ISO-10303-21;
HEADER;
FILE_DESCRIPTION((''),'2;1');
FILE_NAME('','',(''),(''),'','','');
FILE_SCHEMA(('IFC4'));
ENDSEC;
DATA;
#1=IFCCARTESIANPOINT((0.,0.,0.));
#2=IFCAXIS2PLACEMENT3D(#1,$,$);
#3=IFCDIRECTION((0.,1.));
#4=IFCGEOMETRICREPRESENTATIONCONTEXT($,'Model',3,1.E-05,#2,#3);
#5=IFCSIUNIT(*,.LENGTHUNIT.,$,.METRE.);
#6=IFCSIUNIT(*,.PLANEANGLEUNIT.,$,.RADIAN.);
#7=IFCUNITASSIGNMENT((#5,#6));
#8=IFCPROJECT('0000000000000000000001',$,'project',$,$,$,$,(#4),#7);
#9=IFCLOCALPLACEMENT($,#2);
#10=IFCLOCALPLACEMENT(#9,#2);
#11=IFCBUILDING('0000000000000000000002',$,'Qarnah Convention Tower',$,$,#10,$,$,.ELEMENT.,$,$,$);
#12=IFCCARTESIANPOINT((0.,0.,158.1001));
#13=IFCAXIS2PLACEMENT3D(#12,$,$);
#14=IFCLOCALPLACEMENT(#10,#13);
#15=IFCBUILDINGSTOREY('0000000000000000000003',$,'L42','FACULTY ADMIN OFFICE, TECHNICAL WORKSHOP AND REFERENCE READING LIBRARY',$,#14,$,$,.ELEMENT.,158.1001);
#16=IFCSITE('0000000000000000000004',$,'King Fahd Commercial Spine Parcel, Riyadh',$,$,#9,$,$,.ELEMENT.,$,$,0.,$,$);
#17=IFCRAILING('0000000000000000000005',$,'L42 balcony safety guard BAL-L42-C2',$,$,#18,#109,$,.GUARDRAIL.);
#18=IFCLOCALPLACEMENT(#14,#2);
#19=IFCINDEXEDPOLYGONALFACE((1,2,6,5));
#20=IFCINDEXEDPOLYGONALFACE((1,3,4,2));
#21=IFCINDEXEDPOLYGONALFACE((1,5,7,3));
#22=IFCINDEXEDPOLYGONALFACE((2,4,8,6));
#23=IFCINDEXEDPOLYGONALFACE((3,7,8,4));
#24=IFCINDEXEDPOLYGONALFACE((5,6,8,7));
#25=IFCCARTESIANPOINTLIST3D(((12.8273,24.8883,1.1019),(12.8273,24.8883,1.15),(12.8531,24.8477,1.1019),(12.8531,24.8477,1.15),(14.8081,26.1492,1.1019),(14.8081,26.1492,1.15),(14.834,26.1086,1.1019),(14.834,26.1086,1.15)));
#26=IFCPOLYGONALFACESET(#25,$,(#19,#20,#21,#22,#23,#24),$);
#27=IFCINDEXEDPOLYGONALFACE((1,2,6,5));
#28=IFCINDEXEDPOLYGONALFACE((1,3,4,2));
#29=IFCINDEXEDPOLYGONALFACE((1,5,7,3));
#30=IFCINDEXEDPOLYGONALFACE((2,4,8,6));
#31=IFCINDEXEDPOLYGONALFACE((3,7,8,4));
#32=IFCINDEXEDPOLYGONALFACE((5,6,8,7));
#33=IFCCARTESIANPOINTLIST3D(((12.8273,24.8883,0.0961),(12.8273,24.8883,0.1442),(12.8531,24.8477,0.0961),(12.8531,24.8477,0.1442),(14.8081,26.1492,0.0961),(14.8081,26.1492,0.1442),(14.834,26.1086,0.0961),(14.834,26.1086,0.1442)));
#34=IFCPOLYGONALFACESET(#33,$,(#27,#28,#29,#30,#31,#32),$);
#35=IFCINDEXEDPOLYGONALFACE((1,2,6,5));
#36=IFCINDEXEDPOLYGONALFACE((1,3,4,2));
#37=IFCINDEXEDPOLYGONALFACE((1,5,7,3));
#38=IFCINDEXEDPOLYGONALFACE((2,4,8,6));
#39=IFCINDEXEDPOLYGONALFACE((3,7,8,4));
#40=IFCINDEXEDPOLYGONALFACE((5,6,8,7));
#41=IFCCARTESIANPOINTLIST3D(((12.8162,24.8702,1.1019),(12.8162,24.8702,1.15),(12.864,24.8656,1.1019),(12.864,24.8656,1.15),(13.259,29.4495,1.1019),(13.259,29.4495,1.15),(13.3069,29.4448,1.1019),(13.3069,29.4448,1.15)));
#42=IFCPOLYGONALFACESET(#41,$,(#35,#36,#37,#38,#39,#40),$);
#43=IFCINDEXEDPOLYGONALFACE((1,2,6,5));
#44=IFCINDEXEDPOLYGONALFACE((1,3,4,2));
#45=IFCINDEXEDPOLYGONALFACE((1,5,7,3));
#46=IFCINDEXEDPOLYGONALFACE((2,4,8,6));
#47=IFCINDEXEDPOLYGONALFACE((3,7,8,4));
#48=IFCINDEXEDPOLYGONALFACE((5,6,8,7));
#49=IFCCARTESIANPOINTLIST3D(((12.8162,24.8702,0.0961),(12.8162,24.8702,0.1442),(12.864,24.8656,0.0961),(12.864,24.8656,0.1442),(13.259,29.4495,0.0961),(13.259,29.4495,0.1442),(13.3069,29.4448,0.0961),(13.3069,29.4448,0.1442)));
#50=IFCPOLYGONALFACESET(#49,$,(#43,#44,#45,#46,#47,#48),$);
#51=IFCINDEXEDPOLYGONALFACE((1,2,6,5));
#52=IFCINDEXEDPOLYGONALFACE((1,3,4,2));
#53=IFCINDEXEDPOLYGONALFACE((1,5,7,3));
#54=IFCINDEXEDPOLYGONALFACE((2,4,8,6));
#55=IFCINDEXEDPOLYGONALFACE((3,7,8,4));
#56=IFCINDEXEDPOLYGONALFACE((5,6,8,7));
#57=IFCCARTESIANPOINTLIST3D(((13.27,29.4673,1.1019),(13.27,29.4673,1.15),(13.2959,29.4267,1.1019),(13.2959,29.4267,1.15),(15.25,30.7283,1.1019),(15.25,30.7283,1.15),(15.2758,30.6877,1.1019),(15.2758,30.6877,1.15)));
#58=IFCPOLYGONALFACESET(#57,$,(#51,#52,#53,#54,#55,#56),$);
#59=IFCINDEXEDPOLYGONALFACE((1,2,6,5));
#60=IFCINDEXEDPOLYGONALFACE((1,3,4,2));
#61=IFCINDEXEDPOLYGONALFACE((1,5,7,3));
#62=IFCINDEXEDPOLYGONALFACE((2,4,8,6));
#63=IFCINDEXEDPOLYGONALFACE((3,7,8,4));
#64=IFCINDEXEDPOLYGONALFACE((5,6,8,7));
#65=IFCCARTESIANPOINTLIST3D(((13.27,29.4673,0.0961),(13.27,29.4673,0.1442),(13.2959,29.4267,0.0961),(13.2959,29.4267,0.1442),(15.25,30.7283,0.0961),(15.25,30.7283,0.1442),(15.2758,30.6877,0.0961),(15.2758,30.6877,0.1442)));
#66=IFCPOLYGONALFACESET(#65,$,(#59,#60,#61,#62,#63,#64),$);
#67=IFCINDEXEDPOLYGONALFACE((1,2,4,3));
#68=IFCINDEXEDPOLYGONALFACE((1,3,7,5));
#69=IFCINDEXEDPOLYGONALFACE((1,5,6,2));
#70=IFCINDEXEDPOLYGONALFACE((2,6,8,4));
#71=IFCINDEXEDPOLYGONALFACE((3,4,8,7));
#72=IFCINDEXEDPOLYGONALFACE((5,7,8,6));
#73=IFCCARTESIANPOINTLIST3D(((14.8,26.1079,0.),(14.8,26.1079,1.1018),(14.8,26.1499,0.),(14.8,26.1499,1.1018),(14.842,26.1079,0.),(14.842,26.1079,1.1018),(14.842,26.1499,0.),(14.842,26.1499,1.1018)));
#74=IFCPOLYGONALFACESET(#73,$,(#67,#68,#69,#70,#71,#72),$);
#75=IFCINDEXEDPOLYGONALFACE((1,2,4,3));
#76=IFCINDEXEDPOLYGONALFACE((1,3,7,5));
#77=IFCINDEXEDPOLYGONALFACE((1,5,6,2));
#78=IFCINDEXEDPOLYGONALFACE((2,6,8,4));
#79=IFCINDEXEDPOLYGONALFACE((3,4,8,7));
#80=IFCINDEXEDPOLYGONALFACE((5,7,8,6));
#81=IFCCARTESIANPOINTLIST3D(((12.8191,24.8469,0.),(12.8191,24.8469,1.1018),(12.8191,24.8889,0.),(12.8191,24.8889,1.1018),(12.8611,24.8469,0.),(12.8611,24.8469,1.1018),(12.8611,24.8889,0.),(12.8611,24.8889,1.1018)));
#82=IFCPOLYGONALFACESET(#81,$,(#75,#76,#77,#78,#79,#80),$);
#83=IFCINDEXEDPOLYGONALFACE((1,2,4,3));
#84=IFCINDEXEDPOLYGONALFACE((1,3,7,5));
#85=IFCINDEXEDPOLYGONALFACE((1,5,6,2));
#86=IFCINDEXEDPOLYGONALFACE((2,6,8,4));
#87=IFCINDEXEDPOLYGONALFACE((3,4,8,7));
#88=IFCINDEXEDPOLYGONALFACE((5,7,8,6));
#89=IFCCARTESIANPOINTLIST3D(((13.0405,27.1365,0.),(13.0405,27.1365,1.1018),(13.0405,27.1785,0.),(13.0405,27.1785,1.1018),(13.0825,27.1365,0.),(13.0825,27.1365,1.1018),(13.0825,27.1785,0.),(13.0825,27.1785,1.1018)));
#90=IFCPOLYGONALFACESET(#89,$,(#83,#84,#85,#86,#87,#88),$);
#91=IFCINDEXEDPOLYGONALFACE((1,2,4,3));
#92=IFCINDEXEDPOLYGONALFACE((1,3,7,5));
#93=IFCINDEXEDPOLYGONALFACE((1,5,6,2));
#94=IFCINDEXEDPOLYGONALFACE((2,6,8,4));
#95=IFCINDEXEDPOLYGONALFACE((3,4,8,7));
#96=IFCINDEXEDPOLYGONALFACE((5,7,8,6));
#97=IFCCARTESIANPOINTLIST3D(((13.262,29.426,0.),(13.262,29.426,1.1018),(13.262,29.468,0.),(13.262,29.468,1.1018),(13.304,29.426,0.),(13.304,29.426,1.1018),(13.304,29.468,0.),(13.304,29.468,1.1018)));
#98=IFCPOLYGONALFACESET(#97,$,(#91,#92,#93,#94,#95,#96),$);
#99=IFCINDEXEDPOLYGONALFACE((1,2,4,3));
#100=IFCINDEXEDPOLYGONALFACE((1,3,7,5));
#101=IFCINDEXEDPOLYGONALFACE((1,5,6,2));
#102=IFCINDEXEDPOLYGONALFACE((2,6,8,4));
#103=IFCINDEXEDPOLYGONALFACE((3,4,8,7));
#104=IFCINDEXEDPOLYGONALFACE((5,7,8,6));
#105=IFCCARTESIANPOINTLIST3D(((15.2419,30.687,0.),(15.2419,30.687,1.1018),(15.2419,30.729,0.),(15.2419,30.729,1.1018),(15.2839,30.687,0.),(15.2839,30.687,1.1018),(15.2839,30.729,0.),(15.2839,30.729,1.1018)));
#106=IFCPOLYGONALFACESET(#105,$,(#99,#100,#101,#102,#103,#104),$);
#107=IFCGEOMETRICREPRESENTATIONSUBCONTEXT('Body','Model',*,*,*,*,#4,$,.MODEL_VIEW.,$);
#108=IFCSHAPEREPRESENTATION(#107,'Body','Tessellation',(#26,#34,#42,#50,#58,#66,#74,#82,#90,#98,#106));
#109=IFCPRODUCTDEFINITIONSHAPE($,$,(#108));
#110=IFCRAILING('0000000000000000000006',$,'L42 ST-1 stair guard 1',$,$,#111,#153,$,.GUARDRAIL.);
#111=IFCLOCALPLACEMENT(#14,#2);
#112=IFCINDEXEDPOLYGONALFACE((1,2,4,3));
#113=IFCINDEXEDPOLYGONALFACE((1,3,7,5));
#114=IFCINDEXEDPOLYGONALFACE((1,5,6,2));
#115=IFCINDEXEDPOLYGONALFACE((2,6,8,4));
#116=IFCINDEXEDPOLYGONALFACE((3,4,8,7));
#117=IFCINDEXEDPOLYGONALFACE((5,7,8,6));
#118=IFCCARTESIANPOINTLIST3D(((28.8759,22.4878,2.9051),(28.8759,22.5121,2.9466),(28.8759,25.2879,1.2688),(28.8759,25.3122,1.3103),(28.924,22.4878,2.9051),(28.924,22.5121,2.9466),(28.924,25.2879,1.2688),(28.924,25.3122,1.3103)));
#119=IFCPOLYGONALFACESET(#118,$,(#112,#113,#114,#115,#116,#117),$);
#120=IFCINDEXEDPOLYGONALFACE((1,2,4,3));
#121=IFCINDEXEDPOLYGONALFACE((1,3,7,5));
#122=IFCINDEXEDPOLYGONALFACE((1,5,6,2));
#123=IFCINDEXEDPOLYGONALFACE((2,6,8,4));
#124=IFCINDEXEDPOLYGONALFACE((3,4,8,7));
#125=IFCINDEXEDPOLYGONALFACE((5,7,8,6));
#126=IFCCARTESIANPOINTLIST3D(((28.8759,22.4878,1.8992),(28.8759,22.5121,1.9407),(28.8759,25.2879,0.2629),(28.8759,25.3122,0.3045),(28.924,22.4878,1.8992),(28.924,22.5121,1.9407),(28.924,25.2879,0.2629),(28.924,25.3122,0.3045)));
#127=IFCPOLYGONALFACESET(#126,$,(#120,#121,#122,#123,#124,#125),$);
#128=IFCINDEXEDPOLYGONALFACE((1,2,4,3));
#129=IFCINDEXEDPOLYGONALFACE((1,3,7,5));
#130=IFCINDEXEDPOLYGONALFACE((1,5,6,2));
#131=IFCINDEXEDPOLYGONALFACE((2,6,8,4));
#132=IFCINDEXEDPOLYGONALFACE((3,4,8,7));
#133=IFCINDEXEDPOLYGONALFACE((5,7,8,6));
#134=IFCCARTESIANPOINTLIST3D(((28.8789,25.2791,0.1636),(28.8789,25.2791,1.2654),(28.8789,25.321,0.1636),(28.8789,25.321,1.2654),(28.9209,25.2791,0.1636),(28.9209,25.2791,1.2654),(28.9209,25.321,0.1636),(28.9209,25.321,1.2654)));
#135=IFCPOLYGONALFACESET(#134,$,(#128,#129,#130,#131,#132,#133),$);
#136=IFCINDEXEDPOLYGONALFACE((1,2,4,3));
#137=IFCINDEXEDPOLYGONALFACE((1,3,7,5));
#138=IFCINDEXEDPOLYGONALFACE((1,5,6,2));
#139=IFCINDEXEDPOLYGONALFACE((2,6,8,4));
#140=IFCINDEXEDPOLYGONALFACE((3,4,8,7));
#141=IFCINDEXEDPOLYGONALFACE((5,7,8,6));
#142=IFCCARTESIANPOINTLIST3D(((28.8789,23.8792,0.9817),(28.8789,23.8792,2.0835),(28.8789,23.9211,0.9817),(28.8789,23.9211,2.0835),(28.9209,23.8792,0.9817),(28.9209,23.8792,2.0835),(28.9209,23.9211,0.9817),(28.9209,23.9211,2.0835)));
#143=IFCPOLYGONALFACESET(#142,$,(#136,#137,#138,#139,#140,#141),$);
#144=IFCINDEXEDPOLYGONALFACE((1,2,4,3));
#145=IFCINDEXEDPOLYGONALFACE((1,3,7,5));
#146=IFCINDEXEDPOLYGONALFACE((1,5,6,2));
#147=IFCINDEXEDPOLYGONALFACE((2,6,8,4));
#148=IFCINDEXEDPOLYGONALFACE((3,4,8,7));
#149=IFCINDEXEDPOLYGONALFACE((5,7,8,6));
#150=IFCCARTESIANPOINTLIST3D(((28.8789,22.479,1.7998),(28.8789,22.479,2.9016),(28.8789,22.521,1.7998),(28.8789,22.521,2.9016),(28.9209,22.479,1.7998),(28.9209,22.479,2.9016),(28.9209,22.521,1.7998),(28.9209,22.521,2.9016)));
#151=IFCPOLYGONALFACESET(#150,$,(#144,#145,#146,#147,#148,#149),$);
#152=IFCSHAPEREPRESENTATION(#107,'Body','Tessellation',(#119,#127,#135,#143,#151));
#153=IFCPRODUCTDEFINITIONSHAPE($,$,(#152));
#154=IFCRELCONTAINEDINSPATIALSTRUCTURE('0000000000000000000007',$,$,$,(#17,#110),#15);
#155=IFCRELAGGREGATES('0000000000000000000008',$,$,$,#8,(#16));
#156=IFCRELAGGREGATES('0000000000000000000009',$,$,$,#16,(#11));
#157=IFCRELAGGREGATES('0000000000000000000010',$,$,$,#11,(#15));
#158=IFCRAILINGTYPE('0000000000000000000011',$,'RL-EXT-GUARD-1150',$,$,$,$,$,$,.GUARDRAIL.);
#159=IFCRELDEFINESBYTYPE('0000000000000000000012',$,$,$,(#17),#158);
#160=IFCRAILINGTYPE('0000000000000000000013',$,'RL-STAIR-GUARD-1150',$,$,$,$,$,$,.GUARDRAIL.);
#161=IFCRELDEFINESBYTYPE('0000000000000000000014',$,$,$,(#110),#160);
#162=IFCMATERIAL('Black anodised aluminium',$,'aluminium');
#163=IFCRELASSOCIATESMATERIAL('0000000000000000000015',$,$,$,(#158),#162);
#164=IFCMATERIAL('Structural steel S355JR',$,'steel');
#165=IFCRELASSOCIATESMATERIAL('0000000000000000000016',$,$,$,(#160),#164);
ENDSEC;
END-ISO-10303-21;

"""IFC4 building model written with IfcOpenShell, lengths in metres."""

from ifc_helpers import new_model, si_unit, direction, frame, origin, origin_2d, place, context, subcontext, project, spatial, rectangle, extrude, material, type_object, element, save


model = new_model("IFC4")

# Units and contexts
model_context = context("Model", 3, precision=1e-05, world=origin(), true_north=direction((0.0, 1.0)))
body_context = subcontext(model_context, "Body", "Model", "MODEL_VIEW")
ifc_project = project(units=[si_unit("LENGTHUNIT", "METRE"), si_unit("PLANEANGLEUNIT", "RADIAN")], contexts=[model_context])

# Site, building, storey
site_placement = place(None, origin())
site = spatial("IfcSite", under=ifc_project, at=site_placement, Name="King Fahd Commercial Spine Parcel, Riyadh", CompositionType="ELEMENT", RefElevation=0.0)
building_placement = place(site_placement, origin())
building = spatial("IfcBuilding", under=site, at=building_placement, Name="Qarnah Convention Tower", CompositionType="ELEMENT")
storey_placement = place(building_placement, frame((0.0, 0.0, 158.1001)))
storey = spatial("IfcBuildingStorey", under=building, at=storey_placement, Name="L42", Description="FACULTY ADMIN OFFICE, TECHNICAL WORKSHOP AND REFERENCE READING LIBRARY", CompositionType="ELEMENT", Elevation=158.1001)

# Shared definitions
ifc_material_1 = material(Name="Structural steel S355JR", Category="steel")

# Shared definitions
ifc_material_2 = material(Name="Black anodised aluminium", Category="aluminium")

# Railings
railing_type_1 = type_object("IfcRailingType", Name="RL-EXT-GUARD-1150", PredefinedType="GUARDRAIL", material=ifc_material_2)
railing_1_placement = place(storey_placement, frame((14.821, 26.1289, 0.0)))
element("IfcRailing", 1, at=railing_1_placement, inside=storey, type_object=railing_type_1, Name="L42 balcony safety guard BAL-L42-C2", PredefinedType="GUARDRAIL", context=body_context, shape_type="SweptSolid", body=[
    extrude(rectangle(XDim=0.0481, YDim=0.0481, at=origin_2d()), frame((0.0, 0.0, 1.126), z_axis=(-0.843589, -0.53699, 0.0), x_axis=(0.53699, -0.843589, 0.0)), (0.0, 0.0, 1.0), 2.3481),
    extrude(rectangle(XDim=0.0481, YDim=0.0481, at=origin_2d()), frame((0.0, 0.0, 0.1201), z_axis=(-0.843589, -0.53699, 0.0), x_axis=(0.53699, -0.843589, 0.0)), (0.0, 0.0, 1.0), 2.3481),
    extrude(rectangle(XDim=0.0481, YDim=0.0481, at=origin_2d()), frame((-1.981, -1.261, 1.126), z_axis=(0.096267, 0.995356, 0.0), x_axis=(-0.995356, 0.096267, 0.0)), (0.0, 0.0, 1.0), 4.6006),
    extrude(rectangle(XDim=0.0481, YDim=0.0481, at=origin_2d()), frame((-1.981, -1.261, 0.1201), z_axis=(0.096267, 0.995356, 0.0), x_axis=(-0.995356, 0.096267, 0.0)), (0.0, 0.0, 1.0), 4.6006),
    extrude(rectangle(XDim=0.0481, YDim=0.0481, at=origin_2d()), frame((-1.5381, 3.3181, 1.126), z_axis=(0.843469, 0.537178, 0.0), x_axis=(-0.537178, 0.843469, 0.0)), (0.0, 0.0, 1.0), 2.3474),
    extrude(rectangle(XDim=0.0481, YDim=0.0481, at=origin_2d()), frame((-1.5381, 3.3181, 0.1201), z_axis=(0.843469, 0.537178, 0.0), x_axis=(-0.537178, 0.843469, 0.0)), (0.0, 0.0, 1.0), 2.3474),
    extrude(rectangle(XDim=0.042, YDim=0.042, at=origin_2d()), origin(), (0.0, 0.0, 1.0), 1.1018),
    extrude(rectangle(XDim=0.042, YDim=0.042, at=origin_2d()), frame((-1.981, -1.261, 0.0)), (0.0, 0.0, 1.0), 1.1018),
    extrude(rectangle(XDim=0.042, YDim=0.042, at=origin_2d()), frame((-1.7595, 1.0286, 0.0)), (0.0, 0.0, 1.0), 1.1018),
    extrude(rectangle(XDim=0.042, YDim=0.042, at=origin_2d()), frame((-1.5381, 3.3181, 0.0)), (0.0, 0.0, 1.0), 1.1018),
    extrude(rectangle(XDim=0.042, YDim=0.042, at=origin_2d()), frame((0.4419, 4.5791, 0.0)), (0.0, 0.0, 1.0), 1.1018),
])
railing_type_2 = type_object("IfcRailingType", Name="RL-STAIR-GUARD-1150", PredefinedType="GUARDRAIL", material=ifc_material_1)
railing_2_placement = place(storey_placement, frame((28.8999, 25.3, 0.1636)))
element("IfcRailing", 2, at=railing_2_placement, inside=storey, type_object=railing_type_2, Name="L42 ST-1 stair guard 1", PredefinedType="GUARDRAIL", context=body_context, shape_type="SweptSolid", body=[
    extrude(rectangle(XDim=0.0481, YDim=0.0481, at=origin_2d()), frame((0.0, 0.0, 1.126), z_axis=(0.0, -0.863394, 0.504531), x_axis=(1.0, 0.0, 0.0)), (0.0, 0.0, 1.0), 3.2432),
    extrude(rectangle(XDim=0.0481, YDim=0.0481, at=origin_2d()), frame((0.0, 0.0, 0.1201), z_axis=(0.0, -0.863394, 0.504531), x_axis=(1.0, 0.0, 0.0)), (0.0, 0.0, 1.0), 3.2432),
    extrude(rectangle(XDim=0.042, YDim=0.042, at=origin_2d()), origin(), (0.0, 0.0, 1.0), 1.1018),
    extrude(rectangle(XDim=0.042, YDim=0.042, at=origin_2d()), frame((0.0, -1.3999, 0.8181)), (0.0, 0.0, 1.0), 1.1018),
    extrude(rectangle(XDim=0.042, YDim=0.042, at=origin_2d()), frame((0.0, -2.8, 1.6362)), (0.0, 0.0, 1.0), 1.1018),
])

save(model, "model.ifc")
